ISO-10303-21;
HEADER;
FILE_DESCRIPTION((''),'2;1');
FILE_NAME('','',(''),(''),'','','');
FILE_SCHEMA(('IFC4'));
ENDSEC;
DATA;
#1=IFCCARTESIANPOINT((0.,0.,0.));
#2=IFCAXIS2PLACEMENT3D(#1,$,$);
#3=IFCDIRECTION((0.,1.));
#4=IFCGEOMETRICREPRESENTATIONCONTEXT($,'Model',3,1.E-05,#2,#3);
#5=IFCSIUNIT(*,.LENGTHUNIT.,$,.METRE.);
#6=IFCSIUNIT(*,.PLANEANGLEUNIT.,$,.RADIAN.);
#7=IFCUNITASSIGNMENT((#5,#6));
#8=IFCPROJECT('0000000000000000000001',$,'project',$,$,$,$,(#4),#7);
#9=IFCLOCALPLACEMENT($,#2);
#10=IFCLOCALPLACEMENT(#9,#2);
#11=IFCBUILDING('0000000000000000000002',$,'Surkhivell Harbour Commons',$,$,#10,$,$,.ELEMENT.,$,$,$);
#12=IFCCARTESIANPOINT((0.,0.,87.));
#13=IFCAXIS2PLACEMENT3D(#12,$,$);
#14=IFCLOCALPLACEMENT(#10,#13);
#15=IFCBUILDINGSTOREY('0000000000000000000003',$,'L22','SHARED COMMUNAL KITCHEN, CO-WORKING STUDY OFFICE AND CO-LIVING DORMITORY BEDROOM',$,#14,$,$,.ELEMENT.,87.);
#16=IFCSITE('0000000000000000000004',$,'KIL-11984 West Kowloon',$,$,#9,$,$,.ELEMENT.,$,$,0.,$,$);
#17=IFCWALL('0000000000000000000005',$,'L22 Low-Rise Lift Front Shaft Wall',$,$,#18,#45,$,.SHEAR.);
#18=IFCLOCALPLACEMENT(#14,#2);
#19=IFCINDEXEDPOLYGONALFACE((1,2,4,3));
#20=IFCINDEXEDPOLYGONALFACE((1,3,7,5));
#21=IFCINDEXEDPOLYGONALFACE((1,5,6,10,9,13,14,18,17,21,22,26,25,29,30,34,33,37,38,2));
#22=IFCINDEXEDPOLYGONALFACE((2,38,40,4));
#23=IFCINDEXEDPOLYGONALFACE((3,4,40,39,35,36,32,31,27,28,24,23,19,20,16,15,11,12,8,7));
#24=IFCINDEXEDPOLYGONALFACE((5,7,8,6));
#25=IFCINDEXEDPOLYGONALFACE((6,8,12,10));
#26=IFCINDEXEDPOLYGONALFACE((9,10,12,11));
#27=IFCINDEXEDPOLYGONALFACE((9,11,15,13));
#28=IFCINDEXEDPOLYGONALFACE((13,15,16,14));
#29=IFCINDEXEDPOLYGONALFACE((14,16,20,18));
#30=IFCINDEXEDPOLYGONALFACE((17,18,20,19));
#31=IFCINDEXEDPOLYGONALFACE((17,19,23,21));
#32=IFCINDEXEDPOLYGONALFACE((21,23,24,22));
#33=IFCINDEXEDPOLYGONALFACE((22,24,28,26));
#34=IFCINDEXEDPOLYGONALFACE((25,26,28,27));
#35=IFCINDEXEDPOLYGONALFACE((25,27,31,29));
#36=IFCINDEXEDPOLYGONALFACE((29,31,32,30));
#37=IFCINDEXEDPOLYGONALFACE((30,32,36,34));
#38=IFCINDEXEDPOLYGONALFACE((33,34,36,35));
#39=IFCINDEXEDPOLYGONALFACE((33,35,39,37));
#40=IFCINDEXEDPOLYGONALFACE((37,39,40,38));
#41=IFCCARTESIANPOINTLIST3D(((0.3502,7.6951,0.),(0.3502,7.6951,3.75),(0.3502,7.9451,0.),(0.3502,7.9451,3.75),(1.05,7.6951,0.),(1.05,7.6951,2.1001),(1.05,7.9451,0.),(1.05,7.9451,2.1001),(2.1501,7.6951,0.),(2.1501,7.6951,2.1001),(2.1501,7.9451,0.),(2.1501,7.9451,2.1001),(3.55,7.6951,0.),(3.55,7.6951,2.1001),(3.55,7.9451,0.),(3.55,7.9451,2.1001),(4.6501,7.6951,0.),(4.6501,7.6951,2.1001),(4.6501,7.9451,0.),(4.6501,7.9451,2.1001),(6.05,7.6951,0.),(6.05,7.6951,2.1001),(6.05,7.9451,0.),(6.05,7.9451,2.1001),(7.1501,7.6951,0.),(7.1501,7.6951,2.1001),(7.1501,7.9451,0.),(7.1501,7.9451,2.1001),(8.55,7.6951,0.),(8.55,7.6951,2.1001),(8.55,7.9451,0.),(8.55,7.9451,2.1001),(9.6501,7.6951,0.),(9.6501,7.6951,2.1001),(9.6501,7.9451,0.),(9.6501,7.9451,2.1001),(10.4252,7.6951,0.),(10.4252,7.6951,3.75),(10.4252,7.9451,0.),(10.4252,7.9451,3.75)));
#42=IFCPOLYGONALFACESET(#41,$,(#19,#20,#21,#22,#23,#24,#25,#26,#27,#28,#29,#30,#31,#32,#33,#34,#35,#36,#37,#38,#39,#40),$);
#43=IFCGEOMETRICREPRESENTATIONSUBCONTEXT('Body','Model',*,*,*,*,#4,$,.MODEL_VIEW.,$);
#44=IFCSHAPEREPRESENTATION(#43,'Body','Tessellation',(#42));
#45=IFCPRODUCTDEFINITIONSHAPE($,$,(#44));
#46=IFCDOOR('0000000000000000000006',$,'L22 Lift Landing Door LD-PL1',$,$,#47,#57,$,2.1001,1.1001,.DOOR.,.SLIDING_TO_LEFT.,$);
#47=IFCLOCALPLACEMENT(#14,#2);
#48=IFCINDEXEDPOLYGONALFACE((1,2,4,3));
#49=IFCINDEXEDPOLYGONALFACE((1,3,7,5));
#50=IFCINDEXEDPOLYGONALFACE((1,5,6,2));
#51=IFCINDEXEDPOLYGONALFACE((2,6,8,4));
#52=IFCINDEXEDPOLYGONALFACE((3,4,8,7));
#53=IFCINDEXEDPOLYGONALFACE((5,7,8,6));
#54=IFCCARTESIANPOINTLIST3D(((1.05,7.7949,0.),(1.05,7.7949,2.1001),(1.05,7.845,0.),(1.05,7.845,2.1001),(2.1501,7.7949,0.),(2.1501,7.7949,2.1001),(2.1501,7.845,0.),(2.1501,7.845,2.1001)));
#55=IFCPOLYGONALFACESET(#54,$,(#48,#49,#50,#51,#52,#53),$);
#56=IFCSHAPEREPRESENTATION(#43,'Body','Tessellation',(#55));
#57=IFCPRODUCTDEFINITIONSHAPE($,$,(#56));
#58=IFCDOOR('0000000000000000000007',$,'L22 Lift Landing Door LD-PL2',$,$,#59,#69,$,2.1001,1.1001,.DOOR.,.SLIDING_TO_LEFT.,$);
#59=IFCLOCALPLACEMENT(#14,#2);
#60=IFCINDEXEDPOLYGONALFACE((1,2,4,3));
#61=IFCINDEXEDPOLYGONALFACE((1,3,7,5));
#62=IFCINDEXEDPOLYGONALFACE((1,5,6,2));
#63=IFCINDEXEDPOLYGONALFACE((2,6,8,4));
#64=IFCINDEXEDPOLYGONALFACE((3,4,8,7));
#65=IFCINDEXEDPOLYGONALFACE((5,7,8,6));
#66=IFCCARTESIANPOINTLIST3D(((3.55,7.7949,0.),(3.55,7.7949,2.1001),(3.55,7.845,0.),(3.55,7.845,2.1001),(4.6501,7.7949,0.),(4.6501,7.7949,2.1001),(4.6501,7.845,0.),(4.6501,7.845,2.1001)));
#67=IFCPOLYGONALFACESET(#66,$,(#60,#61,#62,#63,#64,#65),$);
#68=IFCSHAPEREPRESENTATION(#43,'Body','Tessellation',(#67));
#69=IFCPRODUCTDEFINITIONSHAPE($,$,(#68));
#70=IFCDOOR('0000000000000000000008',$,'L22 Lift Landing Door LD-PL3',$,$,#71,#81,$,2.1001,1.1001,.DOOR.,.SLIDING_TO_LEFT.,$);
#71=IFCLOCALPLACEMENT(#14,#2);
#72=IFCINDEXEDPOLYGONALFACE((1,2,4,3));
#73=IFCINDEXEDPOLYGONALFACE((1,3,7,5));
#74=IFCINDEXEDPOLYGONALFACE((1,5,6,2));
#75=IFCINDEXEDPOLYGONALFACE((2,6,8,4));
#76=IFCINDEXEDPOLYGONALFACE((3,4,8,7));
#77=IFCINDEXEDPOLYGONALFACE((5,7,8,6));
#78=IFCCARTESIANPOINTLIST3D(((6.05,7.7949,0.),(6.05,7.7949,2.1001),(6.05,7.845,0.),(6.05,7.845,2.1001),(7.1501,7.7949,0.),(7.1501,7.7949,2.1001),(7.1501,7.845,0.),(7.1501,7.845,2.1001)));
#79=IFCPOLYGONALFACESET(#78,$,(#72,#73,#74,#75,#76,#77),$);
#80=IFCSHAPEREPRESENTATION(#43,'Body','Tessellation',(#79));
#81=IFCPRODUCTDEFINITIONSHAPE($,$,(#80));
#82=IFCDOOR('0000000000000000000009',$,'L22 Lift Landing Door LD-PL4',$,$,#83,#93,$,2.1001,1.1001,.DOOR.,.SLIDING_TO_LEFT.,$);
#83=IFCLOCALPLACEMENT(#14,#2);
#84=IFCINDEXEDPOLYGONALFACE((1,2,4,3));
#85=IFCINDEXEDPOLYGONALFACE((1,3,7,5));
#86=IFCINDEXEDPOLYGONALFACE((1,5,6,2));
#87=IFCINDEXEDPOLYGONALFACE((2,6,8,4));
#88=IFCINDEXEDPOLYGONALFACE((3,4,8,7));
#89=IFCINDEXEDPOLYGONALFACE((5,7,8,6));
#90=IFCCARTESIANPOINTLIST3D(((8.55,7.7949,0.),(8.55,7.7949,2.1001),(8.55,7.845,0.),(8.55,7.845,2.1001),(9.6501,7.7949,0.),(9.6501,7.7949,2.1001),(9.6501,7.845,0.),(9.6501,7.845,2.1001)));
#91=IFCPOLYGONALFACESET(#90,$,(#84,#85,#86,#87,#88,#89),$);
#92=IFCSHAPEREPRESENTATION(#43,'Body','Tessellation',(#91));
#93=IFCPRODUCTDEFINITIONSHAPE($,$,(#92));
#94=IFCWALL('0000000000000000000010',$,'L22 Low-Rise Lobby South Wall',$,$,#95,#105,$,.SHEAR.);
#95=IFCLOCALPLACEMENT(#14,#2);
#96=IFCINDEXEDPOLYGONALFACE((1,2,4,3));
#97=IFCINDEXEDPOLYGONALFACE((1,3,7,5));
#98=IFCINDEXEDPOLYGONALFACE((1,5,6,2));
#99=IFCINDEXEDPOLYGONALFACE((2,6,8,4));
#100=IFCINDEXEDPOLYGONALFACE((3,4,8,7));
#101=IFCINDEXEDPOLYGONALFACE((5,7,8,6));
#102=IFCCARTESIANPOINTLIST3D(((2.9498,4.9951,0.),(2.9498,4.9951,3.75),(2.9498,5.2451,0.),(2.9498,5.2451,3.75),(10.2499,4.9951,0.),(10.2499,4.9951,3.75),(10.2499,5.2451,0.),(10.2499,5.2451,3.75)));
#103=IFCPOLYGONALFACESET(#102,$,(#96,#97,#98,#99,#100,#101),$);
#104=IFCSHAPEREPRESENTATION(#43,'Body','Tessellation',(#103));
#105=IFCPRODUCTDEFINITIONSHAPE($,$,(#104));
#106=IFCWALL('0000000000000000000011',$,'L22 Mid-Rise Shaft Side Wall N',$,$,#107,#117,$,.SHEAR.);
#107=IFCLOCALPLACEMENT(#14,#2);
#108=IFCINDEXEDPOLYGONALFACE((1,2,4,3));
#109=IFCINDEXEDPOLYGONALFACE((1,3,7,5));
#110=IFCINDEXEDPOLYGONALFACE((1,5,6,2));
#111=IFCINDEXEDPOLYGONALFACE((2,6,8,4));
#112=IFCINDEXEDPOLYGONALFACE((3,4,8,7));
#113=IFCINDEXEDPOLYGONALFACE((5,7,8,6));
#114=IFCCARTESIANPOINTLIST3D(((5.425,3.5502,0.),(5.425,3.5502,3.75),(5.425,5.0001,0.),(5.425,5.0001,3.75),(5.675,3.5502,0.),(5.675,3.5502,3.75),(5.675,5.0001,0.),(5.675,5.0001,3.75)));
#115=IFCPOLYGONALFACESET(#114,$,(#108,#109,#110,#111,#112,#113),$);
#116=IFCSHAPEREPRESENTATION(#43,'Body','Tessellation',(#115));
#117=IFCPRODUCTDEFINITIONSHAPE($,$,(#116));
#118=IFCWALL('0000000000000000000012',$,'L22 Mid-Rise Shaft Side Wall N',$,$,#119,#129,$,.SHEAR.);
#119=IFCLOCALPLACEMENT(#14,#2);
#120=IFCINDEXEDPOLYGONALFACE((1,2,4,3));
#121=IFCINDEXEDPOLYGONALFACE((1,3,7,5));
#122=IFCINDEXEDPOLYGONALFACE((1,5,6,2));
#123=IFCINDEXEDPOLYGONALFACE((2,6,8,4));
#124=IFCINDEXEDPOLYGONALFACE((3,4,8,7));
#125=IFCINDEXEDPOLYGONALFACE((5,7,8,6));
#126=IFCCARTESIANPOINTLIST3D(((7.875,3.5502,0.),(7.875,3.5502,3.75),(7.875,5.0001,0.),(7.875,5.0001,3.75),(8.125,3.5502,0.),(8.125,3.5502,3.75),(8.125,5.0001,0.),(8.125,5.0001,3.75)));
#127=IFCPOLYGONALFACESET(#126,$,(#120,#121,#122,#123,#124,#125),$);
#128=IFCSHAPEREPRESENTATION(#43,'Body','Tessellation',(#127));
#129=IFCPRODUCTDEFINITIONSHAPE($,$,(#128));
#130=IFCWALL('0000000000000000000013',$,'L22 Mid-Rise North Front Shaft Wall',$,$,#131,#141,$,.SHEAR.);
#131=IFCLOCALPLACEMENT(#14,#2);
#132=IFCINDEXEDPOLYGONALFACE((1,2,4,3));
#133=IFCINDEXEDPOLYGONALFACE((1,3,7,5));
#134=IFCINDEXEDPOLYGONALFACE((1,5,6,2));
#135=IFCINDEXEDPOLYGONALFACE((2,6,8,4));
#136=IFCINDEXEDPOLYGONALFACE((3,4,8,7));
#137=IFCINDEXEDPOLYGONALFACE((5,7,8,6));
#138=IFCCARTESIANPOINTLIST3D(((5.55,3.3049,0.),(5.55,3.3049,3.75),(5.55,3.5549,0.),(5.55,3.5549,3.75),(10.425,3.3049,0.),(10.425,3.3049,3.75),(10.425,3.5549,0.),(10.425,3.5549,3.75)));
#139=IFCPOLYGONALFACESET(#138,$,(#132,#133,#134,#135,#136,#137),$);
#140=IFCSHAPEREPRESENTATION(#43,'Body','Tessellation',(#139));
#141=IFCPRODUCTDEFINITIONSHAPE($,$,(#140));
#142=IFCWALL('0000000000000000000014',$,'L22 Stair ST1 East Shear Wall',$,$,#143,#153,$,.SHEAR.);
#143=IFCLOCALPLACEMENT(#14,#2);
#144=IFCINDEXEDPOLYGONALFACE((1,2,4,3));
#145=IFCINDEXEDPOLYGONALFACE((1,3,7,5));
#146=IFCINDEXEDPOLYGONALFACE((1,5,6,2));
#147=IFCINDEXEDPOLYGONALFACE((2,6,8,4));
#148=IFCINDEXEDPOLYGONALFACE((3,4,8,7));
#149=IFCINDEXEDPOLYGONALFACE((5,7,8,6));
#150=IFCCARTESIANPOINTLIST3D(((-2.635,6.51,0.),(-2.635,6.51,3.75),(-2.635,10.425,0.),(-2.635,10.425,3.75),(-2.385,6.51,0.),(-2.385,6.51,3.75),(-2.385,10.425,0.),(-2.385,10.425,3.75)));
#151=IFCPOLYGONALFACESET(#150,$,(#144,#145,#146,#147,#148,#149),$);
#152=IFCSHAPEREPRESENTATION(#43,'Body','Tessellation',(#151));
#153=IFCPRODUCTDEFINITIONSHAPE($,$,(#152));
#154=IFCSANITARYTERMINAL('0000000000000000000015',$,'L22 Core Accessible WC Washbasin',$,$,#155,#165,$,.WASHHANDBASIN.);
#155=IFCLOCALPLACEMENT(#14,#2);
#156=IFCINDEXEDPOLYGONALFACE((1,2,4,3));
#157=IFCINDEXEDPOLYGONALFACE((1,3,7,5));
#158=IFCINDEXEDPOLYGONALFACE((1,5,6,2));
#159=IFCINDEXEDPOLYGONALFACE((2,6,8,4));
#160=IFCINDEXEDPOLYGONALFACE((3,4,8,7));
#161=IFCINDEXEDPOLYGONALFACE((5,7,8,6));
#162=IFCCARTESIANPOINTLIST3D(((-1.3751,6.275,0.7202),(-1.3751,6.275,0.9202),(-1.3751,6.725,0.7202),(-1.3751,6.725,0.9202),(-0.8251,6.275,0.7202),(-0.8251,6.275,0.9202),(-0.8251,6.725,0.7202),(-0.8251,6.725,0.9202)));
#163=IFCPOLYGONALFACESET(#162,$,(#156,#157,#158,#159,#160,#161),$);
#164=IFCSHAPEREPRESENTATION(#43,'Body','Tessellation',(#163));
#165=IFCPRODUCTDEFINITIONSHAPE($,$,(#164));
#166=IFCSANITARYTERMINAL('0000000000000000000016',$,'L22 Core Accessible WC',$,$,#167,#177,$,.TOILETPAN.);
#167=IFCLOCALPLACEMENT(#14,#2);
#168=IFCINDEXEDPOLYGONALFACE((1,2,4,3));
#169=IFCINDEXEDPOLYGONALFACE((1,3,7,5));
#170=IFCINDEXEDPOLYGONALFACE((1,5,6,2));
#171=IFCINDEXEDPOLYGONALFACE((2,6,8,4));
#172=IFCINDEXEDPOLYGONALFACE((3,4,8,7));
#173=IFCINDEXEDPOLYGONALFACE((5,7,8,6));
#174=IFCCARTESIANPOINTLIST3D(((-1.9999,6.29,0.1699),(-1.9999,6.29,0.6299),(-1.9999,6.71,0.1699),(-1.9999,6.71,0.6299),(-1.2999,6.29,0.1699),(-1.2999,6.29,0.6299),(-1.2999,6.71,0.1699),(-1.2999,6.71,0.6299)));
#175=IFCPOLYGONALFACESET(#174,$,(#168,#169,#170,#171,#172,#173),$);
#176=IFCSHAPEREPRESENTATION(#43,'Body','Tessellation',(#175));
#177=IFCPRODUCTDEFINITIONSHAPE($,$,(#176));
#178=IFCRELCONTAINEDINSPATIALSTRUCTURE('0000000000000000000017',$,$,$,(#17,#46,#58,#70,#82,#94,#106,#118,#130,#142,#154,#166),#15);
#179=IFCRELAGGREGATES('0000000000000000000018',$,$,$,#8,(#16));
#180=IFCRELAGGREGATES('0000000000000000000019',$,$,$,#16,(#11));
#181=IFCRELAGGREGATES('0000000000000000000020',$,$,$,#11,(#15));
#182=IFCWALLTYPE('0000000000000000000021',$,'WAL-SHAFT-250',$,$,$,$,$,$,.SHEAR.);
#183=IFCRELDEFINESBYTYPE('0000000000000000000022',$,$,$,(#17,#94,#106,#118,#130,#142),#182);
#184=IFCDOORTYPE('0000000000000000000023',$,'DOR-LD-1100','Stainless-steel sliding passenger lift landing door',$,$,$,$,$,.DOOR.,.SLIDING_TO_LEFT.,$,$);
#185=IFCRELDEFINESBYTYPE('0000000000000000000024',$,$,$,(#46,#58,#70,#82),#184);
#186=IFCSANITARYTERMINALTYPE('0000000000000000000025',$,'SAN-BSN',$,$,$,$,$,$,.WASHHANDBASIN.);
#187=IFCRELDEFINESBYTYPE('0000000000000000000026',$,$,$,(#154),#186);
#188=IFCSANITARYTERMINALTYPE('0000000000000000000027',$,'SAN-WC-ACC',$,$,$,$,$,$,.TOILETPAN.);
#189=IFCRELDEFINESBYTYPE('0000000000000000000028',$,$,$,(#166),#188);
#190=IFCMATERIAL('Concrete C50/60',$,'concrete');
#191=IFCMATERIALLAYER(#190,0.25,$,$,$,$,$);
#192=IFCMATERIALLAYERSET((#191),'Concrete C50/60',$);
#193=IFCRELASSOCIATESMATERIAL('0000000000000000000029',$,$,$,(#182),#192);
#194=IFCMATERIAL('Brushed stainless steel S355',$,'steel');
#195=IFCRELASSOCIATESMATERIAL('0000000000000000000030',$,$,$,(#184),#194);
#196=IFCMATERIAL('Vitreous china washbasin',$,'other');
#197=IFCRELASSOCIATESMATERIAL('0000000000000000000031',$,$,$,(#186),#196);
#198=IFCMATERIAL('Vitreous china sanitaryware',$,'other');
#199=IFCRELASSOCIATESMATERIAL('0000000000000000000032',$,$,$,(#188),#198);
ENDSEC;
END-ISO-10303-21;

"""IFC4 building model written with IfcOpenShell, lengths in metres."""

from ifc_helpers import new_model, si_unit, direction, frame, frame_2d, origin, origin_2d, place, context, subcontext, project, spatial, rectangle, extrude, material, layer, layer_set, type_object, element, fill, save


model = new_model("IFC4")

# Units and contexts
model_context = context("Model", 3, precision=1e-05, world=origin(), true_north=direction((0.0, 1.0)))
body_context = subcontext(model_context, "Body", "Model", "MODEL_VIEW")
ifc_project = project(units=[si_unit("LENGTHUNIT", "METRE"), si_unit("PLANEANGLEUNIT", "RADIAN")], contexts=[model_context])

# Site, building, storey
site_placement = place(None, origin())
site = spatial("IfcSite", under=ifc_project, at=site_placement, Name="KIL-11984 West Kowloon", CompositionType="ELEMENT", RefElevation=0.0)
building_placement = place(site_placement, origin())
building = spatial("IfcBuilding", under=site, at=building_placement, Name="Surkhivell Harbour Commons", CompositionType="ELEMENT")
storey_placement = place(building_placement, frame((0.0, 0.0, 87.0)))
storey = spatial("IfcBuildingStorey", under=building, at=storey_placement, Name="L22", Description="SHARED COMMUNAL KITCHEN, CO-WORKING STUDY OFFICE AND CO-LIVING DORMITORY BEDROOM", CompositionType="ELEMENT", Elevation=87.0)

# Shared definitions
ifc_material_1 = material(Name="Concrete C50/60", Category="concrete")
ifc_layer_1 = layer(ifc_material_1, 0.25)
ifc_layer_set_1 = layer_set([ifc_layer_1], Name="Concrete C50/60")
wall_type_1 = type_object("IfcWallType", Name="WAL-SHAFT-250", PredefinedType="SHEAR", material=ifc_layer_set_1)

# Wall, openings, doors
wall_1_placement = place(storey_placement, frame((0.3501, 7.8201, 0.0), z_axis=(0.0, 0.0, 1.0), x_axis=(1.0, 0.0, 0.0)))
wall_1 = element("IfcWall", 1, at=wall_1_placement, inside=storey, type_object=wall_type_1, Name="L22 Low-Rise Lift Front Shaft Wall", PredefinedType="SHEAR", context=body_context, shape_type="SweptSolid", body=[
    extrude(rectangle(XDim=10.075, YDim=0.25, at=frame_2d((5.0376, 0.0))), origin(), (0.0, 0.0, 1.0), 3.75),
])
opening_1_placement = place(wall_1_placement, frame((0.7, 0.0, 0.0)))
opening_1 = element("IfcOpeningElement", 2, at=opening_1_placement, cuts=wall_1, PredefinedType="OPENING", context=body_context, shape_type="SweptSolid", body=[
    extrude(rectangle(XDim=1.1001, YDim=2.1001, at=frame_2d((0.55, 1.05))), frame((0.0, 0.135, 0.0), z_axis=(0.0, -1.0, 0.0), x_axis=(1.0, 0.0, 0.0)), (0.0, 0.0, 1.0), 0.27),
])
opening_2_placement = place(wall_1_placement, frame((3.2, 0.0, 0.0)))
opening_2 = element("IfcOpeningElement", 3, at=opening_2_placement, cuts=wall_1, PredefinedType="OPENING", context=body_context, shape_type="SweptSolid", body=[
    extrude(rectangle(XDim=1.1001, YDim=2.1001, at=frame_2d((0.55, 1.05))), frame((0.0, 0.135, 0.0), z_axis=(0.0, -1.0, 0.0), x_axis=(1.0, 0.0, 0.0)), (0.0, 0.0, 1.0), 0.27),
])
opening_3_placement = place(wall_1_placement, frame((5.7, 0.0, 0.0)))
opening_3 = element("IfcOpeningElement", 4, at=opening_3_placement, cuts=wall_1, PredefinedType="OPENING", context=body_context, shape_type="SweptSolid", body=[
    extrude(rectangle(XDim=1.1001, YDim=2.1001, at=frame_2d((0.55, 1.05))), frame((0.0, 0.135, 0.0), z_axis=(0.0, -1.0, 0.0), x_axis=(1.0, 0.0, 0.0)), (0.0, 0.0, 1.0), 0.27),
])
opening_4_placement = place(wall_1_placement, frame((8.2, 0.0, 0.0)))
opening_4 = element("IfcOpeningElement", 5, at=opening_4_placement, cuts=wall_1, PredefinedType="OPENING", context=body_context, shape_type="SweptSolid", body=[
    extrude(rectangle(XDim=1.1001, YDim=2.1001, at=frame_2d((0.55, 1.05))), frame((0.0, 0.135, 0.0), z_axis=(0.0, -1.0, 0.0), x_axis=(1.0, 0.0, 0.0)), (0.0, 0.0, 1.0), 0.27),
])
ifc_material_2 = material(Name="Brushed stainless steel S355", Category="steel")
door_type_1 = type_object("IfcDoorType", Name="DOR-LD-1100", Description="Stainless-steel sliding passenger lift landing door", OperationType="SLIDING_TO_LEFT", PredefinedType="DOOR", material=ifc_material_2)
door_1_placement = place(opening_1_placement, origin())
door_1 = element("IfcDoor", 6, at=door_1_placement, inside=storey, type_object=door_type_1, Name="L22 Lift Landing Door LD-PL1", OperationType="SLIDING_TO_LEFT", OverallHeight=2.1001, OverallWidth=1.1001, PredefinedType="DOOR", context=body_context, shape_type="SweptSolid", body=[
    extrude(rectangle(XDim=1.1001, YDim=2.1001, at=frame_2d((0.55, 1.05))), frame((0.0, 0.0249, 0.0), z_axis=(0.0, -1.0, 0.0), x_axis=(1.0, 0.0, 0.0)), (0.0, 0.0, 1.0), 0.05),
])
fill(opening_1, door_1)
door_2_placement = place(opening_2_placement, origin())
door_2 = element("IfcDoor", 7, at=door_2_placement, inside=storey, type_object=door_type_1, Name="L22 Lift Landing Door LD-PL2", OperationType="SLIDING_TO_LEFT", OverallHeight=2.1001, OverallWidth=1.1001, PredefinedType="DOOR", context=body_context, shape_type="SweptSolid", body=[
    extrude(rectangle(XDim=1.1001, YDim=2.1001, at=frame_2d((0.55, 1.05))), frame((0.0, 0.0249, 0.0), z_axis=(0.0, -1.0, 0.0), x_axis=(1.0, 0.0, 0.0)), (0.0, 0.0, 1.0), 0.05),
])
fill(opening_2, door_2)
door_3_placement = place(opening_3_placement, origin())
door_3 = element("IfcDoor", 8, at=door_3_placement, inside=storey, type_object=door_type_1, Name="L22 Lift Landing Door LD-PL3", OperationType="SLIDING_TO_LEFT", OverallHeight=2.1001, OverallWidth=1.1001, PredefinedType="DOOR", context=body_context, shape_type="SweptSolid", body=[
    extrude(rectangle(XDim=1.1001, YDim=2.1001, at=frame_2d((0.55, 1.05))), frame((0.0, 0.0249, 0.0), z_axis=(0.0, -1.0, 0.0), x_axis=(1.0, 0.0, 0.0)), (0.0, 0.0, 1.0), 0.05),
])
fill(opening_3, door_3)
door_4_placement = place(opening_4_placement, origin())
door_4 = element("IfcDoor", 9, at=door_4_placement, inside=storey, type_object=door_type_1, Name="L22 Lift Landing Door LD-PL4", OperationType="SLIDING_TO_LEFT", OverallHeight=2.1001, OverallWidth=1.1001, PredefinedType="DOOR", context=body_context, shape_type="SweptSolid", body=[
    extrude(rectangle(XDim=1.1001, YDim=2.1001, at=frame_2d((0.55, 1.05))), frame((0.0, 0.0249, 0.0), z_axis=(0.0, -1.0, 0.0), x_axis=(1.0, 0.0, 0.0)), (0.0, 0.0, 1.0), 0.05),
])
fill(opening_4, door_4)

# Walls
wall_2_placement = place(storey_placement, frame((2.95, 5.1201, 0.0), z_axis=(0.0, 0.0, 1.0), x_axis=(1.0, 0.0, 0.0)))
element("IfcWall", 10, at=wall_2_placement, inside=storey, type_object=wall_type_1, Name="L22 Low-Rise Lobby South Wall", PredefinedType="SHEAR", context=body_context, shape_type="SweptSolid", body=[
    extrude(rectangle(XDim=7.3, YDim=0.25, at=frame_2d((3.6499, 0.0))), origin(), (0.0, 0.0, 1.0), 3.75),
])
for number, where, z_axis, x_axis, name in (
    (11, (5.55, 3.55, 0.0), (0.0, 0.0, 1.0), (0.0, 1.0, 0.0), "L22 Mid-Rise Shaft Side Wall N"),
    (12, (8.0, 3.55, 0.0), (0.0, 0.0, 1.0), (0.0, 1.0, 0.0), "L22 Mid-Rise Shaft Side Wall N"),
):
    element("IfcWall", number, at=place(storey_placement, frame(where, z_axis=z_axis, x_axis=x_axis)), inside=storey, type_object=wall_type_1, Name=name, PredefinedType="SHEAR", context=body_context, shape_type="SweptSolid", body=[
        extrude(rectangle(XDim=1.45, YDim=0.25, at=frame_2d((0.7251, 0.0))), origin(), (0.0, 0.0, 1.0), 3.75),
    ])
wall_3_placement = place(storey_placement, frame((5.55, 3.4299, 0.0), z_axis=(0.0, 0.0, 1.0), x_axis=(1.0, 0.0, 0.0)))
element("IfcWall", 13, at=wall_3_placement, inside=storey, type_object=wall_type_1, Name="L22 Mid-Rise North Front Shaft Wall", PredefinedType="SHEAR", context=body_context, shape_type="SweptSolid", body=[
    extrude(rectangle(XDim=4.875, YDim=0.25, at=frame_2d((2.4375, 0.0))), origin(), (0.0, 0.0, 1.0), 3.75),
])
wall_4_placement = place(storey_placement, frame((-2.51, 6.51, 0.0), z_axis=(0.0, 0.0, 1.0), x_axis=(0.0, 1.0, 0.0)))
element("IfcWall", 14, at=wall_4_placement, inside=storey, type_object=wall_type_1, Name="L22 Stair ST1 East Shear Wall", PredefinedType="SHEAR", context=body_context, shape_type="SweptSolid", body=[
    extrude(rectangle(XDim=3.915, YDim=0.25, at=frame_2d((1.9575, 0.0))), origin(), (0.0, 0.0, 1.0), 3.75),
])

# Sanitary terminals
ifc_material_3 = material(Name="Vitreous china washbasin", Category="other")
sanitary_terminal_type_1 = type_object("IfcSanitaryTerminalType", Name="SAN-BSN", PredefinedType="WASHHANDBASIN", material=ifc_material_3)
sanitary_terminal_1_placement = place(storey_placement, frame((-1.1001, 6.5, 0.7202), z_axis=(0.0, 0.0, 1.0), x_axis=(1.0, 0.0, 0.0)))
element("IfcSanitaryTerminal", 15, at=sanitary_terminal_1_placement, inside=storey, type_object=sanitary_terminal_type_1, Name="L22 Core Accessible WC Washbasin", PredefinedType="WASHHANDBASIN", context=body_context, shape_type="SweptSolid", body=[
    extrude(rectangle(XDim=0.55, YDim=0.45, at=origin_2d()), origin(), (0.0, 0.0, 1.0), 0.2),
])
ifc_material_4 = material(Name="Vitreous china sanitaryware", Category="other")
sanitary_terminal_type_2 = type_object("IfcSanitaryTerminalType", Name="SAN-WC-ACC", PredefinedType="TOILETPAN", material=ifc_material_4)
sanitary_terminal_2_placement = place(storey_placement, frame((-1.6499, 6.5, 0.1699), z_axis=(0.0, 0.0, 1.0), x_axis=(1.0, 0.0, 0.0)))
element("IfcSanitaryTerminal", 16, at=sanitary_terminal_2_placement, inside=storey, type_object=sanitary_terminal_type_2, Name="L22 Core Accessible WC", PredefinedType="TOILETPAN", context=body_context, shape_type="SweptSolid", body=[
    extrude(rectangle(XDim=0.7, YDim=0.4199, at=origin_2d()), origin(), (0.0, 0.0, 1.0), 0.46),
])

save(model, "model.ifc")
